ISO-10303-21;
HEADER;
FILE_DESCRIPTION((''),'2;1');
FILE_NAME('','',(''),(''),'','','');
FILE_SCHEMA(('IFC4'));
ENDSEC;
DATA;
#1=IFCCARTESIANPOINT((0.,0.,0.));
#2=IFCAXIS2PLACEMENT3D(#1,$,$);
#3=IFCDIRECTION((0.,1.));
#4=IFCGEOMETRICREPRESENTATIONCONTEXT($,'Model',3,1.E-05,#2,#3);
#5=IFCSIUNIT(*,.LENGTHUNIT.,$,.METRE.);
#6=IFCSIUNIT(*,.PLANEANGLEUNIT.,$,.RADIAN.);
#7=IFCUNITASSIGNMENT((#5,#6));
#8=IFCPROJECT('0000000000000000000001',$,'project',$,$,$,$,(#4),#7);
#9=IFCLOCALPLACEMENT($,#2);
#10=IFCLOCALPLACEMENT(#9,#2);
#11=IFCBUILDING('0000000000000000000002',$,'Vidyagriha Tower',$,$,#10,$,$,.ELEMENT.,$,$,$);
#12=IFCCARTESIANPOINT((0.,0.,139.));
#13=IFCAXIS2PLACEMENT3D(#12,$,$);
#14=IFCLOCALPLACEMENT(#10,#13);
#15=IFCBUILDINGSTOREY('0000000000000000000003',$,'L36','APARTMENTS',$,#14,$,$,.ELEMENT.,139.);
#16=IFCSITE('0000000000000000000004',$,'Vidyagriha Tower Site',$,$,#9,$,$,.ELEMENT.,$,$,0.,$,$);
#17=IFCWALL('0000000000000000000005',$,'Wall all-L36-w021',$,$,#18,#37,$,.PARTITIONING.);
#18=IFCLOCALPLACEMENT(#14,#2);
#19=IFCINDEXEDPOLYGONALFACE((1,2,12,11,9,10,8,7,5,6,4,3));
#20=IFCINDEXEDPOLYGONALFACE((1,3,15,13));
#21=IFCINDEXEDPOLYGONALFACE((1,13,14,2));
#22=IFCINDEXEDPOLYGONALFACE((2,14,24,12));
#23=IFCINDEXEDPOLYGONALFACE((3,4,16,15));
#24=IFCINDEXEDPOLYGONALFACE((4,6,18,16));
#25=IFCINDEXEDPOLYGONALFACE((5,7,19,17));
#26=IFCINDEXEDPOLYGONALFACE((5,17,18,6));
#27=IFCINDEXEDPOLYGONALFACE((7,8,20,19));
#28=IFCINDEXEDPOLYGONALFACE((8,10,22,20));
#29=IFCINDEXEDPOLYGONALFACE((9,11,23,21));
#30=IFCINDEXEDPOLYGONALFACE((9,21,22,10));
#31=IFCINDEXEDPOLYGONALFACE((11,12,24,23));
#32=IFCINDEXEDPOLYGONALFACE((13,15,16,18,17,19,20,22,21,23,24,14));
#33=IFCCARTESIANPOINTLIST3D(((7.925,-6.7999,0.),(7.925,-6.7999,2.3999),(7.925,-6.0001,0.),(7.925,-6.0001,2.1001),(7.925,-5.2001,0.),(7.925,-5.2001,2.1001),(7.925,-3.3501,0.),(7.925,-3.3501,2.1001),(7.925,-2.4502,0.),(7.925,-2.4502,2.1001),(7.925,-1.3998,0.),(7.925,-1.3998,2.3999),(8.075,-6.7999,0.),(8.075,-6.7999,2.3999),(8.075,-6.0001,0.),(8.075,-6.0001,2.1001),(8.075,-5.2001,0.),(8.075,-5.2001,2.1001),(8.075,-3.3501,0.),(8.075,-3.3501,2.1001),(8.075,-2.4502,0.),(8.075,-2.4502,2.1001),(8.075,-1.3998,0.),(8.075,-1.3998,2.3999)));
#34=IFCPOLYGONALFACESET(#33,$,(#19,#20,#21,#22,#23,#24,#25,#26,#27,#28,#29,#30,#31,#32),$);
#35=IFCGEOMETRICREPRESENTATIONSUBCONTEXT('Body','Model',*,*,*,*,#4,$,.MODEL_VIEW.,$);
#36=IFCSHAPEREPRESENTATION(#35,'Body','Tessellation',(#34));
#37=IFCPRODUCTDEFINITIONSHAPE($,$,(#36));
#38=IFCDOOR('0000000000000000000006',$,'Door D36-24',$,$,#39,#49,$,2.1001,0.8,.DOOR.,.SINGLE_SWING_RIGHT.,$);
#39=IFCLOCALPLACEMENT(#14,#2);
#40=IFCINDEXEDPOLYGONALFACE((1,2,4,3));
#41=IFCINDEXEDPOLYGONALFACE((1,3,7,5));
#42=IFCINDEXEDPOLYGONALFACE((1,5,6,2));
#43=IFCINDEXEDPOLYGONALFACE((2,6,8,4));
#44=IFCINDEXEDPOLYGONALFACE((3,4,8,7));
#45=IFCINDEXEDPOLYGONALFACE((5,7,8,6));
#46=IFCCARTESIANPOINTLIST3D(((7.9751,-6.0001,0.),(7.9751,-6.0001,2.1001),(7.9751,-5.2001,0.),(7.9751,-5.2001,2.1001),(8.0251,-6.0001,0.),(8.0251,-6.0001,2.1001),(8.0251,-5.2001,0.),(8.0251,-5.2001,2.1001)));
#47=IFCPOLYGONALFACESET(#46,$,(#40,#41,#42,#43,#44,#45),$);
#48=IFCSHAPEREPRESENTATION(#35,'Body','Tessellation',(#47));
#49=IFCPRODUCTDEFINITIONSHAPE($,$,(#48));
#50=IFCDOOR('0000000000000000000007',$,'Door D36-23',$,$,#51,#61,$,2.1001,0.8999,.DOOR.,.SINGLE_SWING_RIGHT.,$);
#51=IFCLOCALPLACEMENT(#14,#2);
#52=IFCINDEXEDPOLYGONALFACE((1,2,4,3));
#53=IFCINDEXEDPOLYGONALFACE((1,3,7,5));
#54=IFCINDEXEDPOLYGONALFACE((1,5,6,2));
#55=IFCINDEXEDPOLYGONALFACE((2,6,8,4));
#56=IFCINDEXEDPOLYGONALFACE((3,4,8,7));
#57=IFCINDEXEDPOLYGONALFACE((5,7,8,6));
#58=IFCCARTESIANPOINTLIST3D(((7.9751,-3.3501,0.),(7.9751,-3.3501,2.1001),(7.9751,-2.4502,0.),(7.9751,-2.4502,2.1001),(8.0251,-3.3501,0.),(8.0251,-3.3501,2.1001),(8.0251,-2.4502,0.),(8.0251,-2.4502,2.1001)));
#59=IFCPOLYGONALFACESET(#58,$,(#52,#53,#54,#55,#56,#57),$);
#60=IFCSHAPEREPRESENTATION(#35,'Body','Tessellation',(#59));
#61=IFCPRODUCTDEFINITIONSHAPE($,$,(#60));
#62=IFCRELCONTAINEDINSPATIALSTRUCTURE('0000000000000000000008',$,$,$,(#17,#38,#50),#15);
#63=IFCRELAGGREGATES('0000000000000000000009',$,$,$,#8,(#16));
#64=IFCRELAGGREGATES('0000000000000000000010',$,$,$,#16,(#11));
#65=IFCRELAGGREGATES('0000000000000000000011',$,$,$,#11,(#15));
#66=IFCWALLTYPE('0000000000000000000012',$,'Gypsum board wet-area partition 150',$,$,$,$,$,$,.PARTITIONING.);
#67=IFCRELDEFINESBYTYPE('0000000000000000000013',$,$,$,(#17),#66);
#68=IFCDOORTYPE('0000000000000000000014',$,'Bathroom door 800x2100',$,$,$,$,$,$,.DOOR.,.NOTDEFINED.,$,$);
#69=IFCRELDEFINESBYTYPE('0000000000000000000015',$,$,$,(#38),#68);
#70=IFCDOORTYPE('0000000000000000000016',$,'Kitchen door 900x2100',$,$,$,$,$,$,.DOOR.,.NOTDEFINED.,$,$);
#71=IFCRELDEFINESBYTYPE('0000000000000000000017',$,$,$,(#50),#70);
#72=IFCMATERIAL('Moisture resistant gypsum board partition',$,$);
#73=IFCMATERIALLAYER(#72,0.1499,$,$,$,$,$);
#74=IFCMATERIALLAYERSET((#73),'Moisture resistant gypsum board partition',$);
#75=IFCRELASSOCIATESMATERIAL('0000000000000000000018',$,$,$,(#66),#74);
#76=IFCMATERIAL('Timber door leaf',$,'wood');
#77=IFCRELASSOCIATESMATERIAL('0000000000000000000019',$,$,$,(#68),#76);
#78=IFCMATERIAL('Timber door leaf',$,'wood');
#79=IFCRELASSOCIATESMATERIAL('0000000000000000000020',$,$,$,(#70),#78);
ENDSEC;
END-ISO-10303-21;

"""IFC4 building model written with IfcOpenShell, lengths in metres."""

from ifc_helpers import new_model, si_unit, direction, frame, frame_2d, origin, place, context, subcontext, project, spatial, rectangle, extrude, material, layer, layer_set, type_object, element, fill, save


model = new_model("IFC4")

# Units and contexts
model_context = context("Model", 3, precision=1e-05, world=origin(), true_north=direction((0.0, 1.0)))
body_context = subcontext(model_context, "Body", "Model", "MODEL_VIEW")
ifc_project = project(units=[si_unit("LENGTHUNIT", "METRE"), si_unit("PLANEANGLEUNIT", "RADIAN")], contexts=[model_context])

# Site, building, storey
site_placement = place(None, origin())
site = spatial("IfcSite", under=ifc_project, at=site_placement, Name="Vidyagriha Tower Site", CompositionType="ELEMENT", RefElevation=0.0)
building_placement = place(site_placement, origin())
building = spatial("IfcBuilding", under=site, at=building_placement, Name="Vidyagriha Tower", CompositionType="ELEMENT")
storey_placement = place(building_placement, frame((0.0, 0.0, 139.0)))
storey = spatial("IfcBuildingStorey", under=building, at=storey_placement, Name="L36", Description="APARTMENTS", CompositionType="ELEMENT", Elevation=139.0)

# Wall, openings, doors
ifc_material_1 = material(Name="Moisture resistant gypsum board partition")
ifc_layer_1 = layer(ifc_material_1, 0.1499)
ifc_layer_set_1 = layer_set([ifc_layer_1], Name="Moisture resistant gypsum board partition")
wall_type_1 = type_object("IfcWallType", Name="Gypsum board wet-area partition 150", PredefinedType="PARTITIONING", material=ifc_layer_set_1)
wall_1_placement = place(storey_placement, frame((8.0, -6.8, 0.0), z_axis=(0.0, 0.0, 1.0), x_axis=(0.0, 1.0, 0.0)))
wall_1 = element("IfcWall", 1, at=wall_1_placement, inside=storey, type_object=wall_type_1, Name="Wall all-L36-w021", PredefinedType="PARTITIONING", context=body_context, shape_type="SweptSolid", body=[
    extrude(rectangle(XDim=5.4001, YDim=0.1499, at=frame_2d((2.7002, 0.0))), origin(), (0.0, 0.0, 1.0), 2.3999),
])
opening_1_placement = place(wall_1_placement, frame((3.45, 0.0, 0.0)))
opening_1 = element("IfcOpeningElement", 2, at=opening_1_placement, cuts=wall_1, PredefinedType="OPENING", context=body_context, shape_type="SweptSolid", body=[
    extrude(rectangle(XDim=0.8999, YDim=2.1001, at=frame_2d((0.45, 1.05))), frame((0.0, 0.085, 0.0), z_axis=(0.0, -1.0, 0.0), x_axis=(1.0, 0.0, 0.0)), (0.0, 0.0, 1.0), 0.1699),
])
opening_2_placement = place(wall_1_placement, frame((0.8, 0.0, 0.0)))
opening_2 = element("IfcOpeningElement", 3, at=opening_2_placement, cuts=wall_1, PredefinedType="OPENING", context=body_context, shape_type="SweptSolid", body=[
    extrude(rectangle(XDim=0.8, YDim=2.1001, at=frame_2d((0.3999, 1.05))), frame((0.0, 0.085, 0.0), z_axis=(0.0, -1.0, 0.0), x_axis=(1.0, 0.0, 0.0)), (0.0, 0.0, 1.0), 0.1699),
])
ifc_material_2 = material(Name="Timber door leaf", Category="wood")
door_type_1 = type_object("IfcDoorType", Name="Bathroom door 800x2100", OperationType="NOTDEFINED", PredefinedType="DOOR", material=ifc_material_2)
door_1_placement = place(opening_2_placement, origin())
door_1 = element("IfcDoor", 4, at=door_1_placement, inside=storey, type_object=door_type_1, Name="Door D36-24", OperationType="SINGLE_SWING_RIGHT", OverallHeight=2.1001, OverallWidth=0.8, PredefinedType="DOOR", context=body_context, shape_type="SweptSolid", body=[
    extrude(rectangle(XDim=0.8, YDim=2.1001, at=frame_2d((0.3999, 1.05))), frame((0.0, 0.0249, 0.0), z_axis=(0.0, -1.0, 0.0), x_axis=(1.0, 0.0, 0.0)), (0.0, 0.0, 1.0), 0.05),
])
fill(opening_2, door_1)
ifc_material_3 = material(Name="Timber door leaf", Category="wood")
door_type_2 = type_object("IfcDoorType", Name="Kitchen door 900x2100", OperationType="NOTDEFINED", PredefinedType="DOOR", material=ifc_material_3)
door_2_placement = place(opening_1_placement, origin())
door_2 = element("IfcDoor", 5, at=door_2_placement, inside=storey, type_object=door_type_2, Name="Door D36-23", OperationType="SINGLE_SWING_RIGHT", OverallHeight=2.1001, OverallWidth=0.8999, PredefinedType="DOOR", context=body_context, shape_type="SweptSolid", body=[
    extrude(rectangle(XDim=0.8999, YDim=2.1001, at=frame_2d((0.45, 1.05))), frame((0.0, 0.0249, 0.0), z_axis=(0.0, -1.0, 0.0), x_axis=(1.0, 0.0, 0.0)), (0.0, 0.0, 1.0), 0.05),
])
fill(opening_1, door_2)

save(model, "model.ifc")
